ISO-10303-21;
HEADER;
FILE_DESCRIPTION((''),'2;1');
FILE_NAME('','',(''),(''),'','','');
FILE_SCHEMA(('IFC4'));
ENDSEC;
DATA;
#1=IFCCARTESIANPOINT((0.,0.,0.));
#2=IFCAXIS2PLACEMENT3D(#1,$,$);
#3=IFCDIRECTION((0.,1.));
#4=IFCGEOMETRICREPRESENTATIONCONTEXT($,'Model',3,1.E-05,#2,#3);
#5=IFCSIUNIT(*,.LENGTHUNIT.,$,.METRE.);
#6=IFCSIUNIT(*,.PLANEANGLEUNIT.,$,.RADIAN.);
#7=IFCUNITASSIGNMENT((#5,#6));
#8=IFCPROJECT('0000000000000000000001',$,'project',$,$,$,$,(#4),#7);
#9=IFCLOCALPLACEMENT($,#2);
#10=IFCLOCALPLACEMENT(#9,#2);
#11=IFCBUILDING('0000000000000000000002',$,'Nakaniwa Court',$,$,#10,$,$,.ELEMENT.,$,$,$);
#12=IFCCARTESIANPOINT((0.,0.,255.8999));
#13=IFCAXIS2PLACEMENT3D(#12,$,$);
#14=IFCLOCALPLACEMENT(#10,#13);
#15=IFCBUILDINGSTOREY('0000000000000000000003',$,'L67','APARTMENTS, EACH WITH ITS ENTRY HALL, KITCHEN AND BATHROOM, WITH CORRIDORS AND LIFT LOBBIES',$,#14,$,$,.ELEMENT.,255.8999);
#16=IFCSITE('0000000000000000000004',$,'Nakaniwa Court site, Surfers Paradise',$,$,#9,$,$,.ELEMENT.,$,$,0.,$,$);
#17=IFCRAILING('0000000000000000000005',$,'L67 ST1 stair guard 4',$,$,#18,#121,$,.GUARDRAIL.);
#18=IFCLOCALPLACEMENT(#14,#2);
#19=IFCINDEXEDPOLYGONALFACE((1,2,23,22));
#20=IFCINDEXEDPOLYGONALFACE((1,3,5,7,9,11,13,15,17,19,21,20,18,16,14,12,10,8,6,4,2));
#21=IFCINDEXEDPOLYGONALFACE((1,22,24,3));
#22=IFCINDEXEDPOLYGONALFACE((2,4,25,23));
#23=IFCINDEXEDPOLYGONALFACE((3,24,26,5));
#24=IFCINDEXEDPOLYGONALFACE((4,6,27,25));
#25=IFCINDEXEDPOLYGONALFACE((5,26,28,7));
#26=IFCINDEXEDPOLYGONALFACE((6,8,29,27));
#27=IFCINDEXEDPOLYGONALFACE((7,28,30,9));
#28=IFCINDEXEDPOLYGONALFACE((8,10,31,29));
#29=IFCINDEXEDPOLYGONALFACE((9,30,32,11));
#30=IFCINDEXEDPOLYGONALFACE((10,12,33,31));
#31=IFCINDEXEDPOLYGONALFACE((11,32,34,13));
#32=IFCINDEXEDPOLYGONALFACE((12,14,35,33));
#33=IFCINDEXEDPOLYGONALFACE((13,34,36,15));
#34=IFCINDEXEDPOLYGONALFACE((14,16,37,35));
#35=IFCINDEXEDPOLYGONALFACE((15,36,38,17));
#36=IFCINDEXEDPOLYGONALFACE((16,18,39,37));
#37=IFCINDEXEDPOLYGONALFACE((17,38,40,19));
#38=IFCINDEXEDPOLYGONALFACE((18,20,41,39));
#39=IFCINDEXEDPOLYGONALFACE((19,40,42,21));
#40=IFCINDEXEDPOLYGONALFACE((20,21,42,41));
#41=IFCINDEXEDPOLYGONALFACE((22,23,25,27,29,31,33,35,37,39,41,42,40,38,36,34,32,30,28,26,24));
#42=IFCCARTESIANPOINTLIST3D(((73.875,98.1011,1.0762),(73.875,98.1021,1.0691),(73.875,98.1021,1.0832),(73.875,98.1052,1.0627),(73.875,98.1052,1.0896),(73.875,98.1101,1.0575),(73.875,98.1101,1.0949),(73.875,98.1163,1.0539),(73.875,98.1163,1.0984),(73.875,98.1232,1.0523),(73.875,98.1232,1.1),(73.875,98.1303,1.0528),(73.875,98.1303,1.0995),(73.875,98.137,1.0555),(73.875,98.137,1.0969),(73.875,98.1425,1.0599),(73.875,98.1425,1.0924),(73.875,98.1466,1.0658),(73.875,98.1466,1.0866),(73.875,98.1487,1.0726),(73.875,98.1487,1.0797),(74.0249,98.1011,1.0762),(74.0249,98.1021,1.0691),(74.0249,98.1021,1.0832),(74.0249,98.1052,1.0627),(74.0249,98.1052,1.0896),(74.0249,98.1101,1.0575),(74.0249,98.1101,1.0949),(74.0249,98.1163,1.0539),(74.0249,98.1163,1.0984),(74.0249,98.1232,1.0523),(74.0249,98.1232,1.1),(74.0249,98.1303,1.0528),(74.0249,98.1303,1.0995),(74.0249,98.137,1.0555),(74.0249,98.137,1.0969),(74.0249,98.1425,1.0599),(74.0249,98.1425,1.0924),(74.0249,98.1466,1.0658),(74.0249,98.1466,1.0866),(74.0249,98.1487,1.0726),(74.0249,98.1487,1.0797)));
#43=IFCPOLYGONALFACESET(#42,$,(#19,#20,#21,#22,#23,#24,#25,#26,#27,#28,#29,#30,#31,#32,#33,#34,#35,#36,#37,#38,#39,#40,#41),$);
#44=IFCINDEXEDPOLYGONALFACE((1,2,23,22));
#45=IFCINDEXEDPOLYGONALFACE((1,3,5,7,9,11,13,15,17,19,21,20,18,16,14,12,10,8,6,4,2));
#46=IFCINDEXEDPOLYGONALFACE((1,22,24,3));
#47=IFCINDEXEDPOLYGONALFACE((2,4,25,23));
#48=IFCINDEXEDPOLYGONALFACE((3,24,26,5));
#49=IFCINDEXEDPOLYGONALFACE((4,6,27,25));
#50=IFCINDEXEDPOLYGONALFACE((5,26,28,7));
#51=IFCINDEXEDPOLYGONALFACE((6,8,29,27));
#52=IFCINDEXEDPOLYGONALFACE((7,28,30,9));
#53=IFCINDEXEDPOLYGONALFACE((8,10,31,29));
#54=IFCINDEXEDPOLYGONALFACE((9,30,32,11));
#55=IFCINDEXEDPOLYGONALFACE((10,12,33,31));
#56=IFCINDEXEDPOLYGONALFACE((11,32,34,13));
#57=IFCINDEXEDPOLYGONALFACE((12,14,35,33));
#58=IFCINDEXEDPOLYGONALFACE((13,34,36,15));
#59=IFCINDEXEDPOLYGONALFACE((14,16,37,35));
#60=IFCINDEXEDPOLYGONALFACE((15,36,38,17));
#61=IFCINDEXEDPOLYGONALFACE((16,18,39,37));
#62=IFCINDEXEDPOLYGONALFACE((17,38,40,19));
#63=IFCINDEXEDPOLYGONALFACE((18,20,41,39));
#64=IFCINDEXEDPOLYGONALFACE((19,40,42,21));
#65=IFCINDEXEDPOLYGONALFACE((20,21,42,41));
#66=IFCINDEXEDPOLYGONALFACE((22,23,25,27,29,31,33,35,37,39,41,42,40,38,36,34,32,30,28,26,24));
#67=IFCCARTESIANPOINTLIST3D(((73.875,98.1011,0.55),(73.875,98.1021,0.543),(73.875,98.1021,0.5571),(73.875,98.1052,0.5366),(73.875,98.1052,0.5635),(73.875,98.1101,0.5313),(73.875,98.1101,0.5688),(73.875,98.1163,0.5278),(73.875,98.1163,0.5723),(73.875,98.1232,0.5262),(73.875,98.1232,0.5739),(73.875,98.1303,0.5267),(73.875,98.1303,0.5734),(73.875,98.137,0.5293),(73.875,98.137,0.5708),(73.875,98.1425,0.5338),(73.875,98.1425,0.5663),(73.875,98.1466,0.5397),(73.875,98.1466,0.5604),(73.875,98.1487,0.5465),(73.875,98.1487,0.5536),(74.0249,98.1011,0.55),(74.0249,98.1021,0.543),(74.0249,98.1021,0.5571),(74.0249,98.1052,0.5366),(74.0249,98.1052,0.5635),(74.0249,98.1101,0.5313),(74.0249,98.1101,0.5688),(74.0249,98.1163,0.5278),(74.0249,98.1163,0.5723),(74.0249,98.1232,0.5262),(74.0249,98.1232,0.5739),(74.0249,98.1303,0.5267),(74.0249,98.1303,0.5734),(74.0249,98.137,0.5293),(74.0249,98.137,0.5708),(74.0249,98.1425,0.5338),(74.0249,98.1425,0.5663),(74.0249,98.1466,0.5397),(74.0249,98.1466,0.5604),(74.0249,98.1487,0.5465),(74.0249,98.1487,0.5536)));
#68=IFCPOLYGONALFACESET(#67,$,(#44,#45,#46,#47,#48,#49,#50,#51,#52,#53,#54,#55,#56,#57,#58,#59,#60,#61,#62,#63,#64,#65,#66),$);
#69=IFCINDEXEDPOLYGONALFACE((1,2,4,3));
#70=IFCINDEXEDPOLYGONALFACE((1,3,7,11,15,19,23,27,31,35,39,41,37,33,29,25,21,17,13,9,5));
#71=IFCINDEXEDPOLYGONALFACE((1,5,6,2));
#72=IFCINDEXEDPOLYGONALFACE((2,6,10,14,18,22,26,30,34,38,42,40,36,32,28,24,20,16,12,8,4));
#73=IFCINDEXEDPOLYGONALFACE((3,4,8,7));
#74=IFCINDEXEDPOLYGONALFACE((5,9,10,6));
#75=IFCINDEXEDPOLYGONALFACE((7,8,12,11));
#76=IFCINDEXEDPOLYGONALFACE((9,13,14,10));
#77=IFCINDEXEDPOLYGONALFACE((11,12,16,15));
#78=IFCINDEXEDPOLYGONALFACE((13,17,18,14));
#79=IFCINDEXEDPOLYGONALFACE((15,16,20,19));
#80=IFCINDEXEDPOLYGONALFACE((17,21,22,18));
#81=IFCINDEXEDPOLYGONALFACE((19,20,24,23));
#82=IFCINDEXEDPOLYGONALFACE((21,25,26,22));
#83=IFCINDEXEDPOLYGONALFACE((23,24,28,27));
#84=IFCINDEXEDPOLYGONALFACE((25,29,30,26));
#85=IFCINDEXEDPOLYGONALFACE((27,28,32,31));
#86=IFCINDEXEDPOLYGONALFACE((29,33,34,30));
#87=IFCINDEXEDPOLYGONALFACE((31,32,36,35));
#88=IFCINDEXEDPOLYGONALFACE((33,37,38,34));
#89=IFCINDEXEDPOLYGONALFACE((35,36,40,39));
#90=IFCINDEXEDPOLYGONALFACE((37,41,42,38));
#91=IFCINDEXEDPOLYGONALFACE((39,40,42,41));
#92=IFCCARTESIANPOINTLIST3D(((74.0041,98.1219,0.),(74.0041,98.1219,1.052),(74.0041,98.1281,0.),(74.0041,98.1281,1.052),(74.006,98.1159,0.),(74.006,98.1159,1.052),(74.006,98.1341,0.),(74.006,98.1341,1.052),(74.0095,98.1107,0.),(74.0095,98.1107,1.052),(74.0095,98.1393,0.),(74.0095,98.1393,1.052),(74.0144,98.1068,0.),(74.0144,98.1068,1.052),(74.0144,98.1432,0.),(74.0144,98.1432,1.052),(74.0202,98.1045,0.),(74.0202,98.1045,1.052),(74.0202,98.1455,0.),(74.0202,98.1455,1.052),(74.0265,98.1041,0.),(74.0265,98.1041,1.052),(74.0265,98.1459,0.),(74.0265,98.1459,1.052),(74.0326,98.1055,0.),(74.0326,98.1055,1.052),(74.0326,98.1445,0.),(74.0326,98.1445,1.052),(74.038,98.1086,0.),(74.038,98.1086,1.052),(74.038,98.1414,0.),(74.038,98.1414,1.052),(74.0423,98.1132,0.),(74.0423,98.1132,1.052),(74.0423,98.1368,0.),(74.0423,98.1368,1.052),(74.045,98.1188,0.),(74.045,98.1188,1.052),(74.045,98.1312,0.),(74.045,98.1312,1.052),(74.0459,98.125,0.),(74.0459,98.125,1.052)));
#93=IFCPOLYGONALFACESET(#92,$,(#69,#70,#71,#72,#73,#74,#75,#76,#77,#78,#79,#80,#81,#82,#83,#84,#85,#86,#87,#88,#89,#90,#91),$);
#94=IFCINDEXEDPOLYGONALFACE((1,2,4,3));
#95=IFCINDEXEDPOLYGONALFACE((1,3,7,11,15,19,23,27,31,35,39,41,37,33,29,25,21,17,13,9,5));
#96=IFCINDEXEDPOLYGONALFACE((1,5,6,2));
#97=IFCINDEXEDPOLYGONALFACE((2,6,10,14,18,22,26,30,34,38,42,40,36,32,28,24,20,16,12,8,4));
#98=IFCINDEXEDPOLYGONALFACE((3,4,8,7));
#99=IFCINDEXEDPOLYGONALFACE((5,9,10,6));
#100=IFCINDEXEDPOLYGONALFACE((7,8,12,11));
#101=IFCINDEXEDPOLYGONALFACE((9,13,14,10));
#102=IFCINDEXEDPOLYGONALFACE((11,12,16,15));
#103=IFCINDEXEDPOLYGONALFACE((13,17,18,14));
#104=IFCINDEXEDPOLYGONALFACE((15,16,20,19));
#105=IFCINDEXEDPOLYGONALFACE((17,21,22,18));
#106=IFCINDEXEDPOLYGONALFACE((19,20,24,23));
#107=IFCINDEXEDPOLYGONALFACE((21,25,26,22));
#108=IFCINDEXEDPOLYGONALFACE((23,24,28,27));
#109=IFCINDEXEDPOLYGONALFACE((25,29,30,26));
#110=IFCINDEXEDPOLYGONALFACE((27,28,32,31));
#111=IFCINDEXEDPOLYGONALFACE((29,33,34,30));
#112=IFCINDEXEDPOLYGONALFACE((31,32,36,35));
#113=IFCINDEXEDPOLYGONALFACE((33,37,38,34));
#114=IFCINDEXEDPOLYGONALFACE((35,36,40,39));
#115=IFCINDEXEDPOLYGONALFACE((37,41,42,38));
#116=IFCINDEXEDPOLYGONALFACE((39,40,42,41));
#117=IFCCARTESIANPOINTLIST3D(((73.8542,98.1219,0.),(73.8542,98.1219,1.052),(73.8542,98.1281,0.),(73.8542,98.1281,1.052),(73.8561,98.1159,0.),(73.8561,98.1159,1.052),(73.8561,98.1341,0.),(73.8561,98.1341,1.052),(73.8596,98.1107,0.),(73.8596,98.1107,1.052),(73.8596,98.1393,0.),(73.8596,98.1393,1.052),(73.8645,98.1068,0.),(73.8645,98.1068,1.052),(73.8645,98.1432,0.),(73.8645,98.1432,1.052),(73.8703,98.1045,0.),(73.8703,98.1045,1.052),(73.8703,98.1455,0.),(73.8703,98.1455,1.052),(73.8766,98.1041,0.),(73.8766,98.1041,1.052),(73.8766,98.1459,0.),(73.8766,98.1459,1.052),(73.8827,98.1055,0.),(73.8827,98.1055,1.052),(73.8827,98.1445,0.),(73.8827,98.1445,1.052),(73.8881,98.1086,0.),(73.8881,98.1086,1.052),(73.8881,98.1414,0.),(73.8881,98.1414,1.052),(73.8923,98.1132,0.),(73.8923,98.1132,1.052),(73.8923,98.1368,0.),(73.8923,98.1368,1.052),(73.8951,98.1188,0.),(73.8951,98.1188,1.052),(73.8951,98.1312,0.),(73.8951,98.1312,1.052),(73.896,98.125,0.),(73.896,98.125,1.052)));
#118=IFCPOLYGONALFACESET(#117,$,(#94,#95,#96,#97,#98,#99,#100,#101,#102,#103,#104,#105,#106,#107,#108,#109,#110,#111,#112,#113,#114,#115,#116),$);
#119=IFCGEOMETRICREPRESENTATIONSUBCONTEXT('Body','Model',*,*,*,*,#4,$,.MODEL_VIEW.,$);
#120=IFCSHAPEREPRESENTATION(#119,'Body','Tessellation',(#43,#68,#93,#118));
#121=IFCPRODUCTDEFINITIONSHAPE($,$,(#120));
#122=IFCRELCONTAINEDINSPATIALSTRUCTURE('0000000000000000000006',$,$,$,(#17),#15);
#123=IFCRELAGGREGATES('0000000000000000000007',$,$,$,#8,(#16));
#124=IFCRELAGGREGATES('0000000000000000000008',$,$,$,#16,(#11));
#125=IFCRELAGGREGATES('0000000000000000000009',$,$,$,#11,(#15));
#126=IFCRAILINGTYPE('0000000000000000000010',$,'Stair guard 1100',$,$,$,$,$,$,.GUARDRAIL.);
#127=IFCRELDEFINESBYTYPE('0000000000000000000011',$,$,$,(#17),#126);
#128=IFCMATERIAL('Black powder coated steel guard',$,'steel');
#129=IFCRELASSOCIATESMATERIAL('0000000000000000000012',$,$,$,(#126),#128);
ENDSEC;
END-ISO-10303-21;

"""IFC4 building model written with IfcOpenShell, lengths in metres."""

from ifc_helpers import new_model, si_unit, direction, frame, origin, origin_2d, place, context, subcontext, project, spatial, circle, extrude, material, type_object, element, save


model = new_model("IFC4")

# Units and contexts
model_context = context("Model", 3, precision=1e-05, world=origin(), true_north=direction((0.0, 1.0)))
body_context = subcontext(model_context, "Body", "Model", "MODEL_VIEW")
ifc_project = project(units=[si_unit("LENGTHUNIT", "METRE"), si_unit("PLANEANGLEUNIT", "RADIAN")], contexts=[model_context])

# Site, building, storey
site_placement = place(None, origin())
site = spatial("IfcSite", under=ifc_project, at=site_placement, Name="Nakaniwa Court site, Surfers Paradise", CompositionType="ELEMENT", RefElevation=0.0)
building_placement = place(site_placement, origin())
building = spatial("IfcBuilding", under=site, at=building_placement, Name="Nakaniwa Court", CompositionType="ELEMENT")
storey_placement = place(building_placement, frame((0.0, 0.0, 255.8999)))
storey = spatial("IfcBuildingStorey", under=building, at=storey_placement, Name="L67", Description="APARTMENTS, EACH WITH ITS ENTRY HALL, KITCHEN AND BATHROOM, WITH CORRIDORS AND LIFT LOBBIES", CompositionType="ELEMENT", Elevation=255.8999)

# Railing
ifc_material_1 = material(Name="Black powder coated steel guard", Category="steel")
railing_type_1 = type_object("IfcRailingType", Name="Stair guard 1100", PredefinedType="GUARDRAIL", material=ifc_material_1)
railing_1_placement = place(storey_placement, frame((74.0249, 98.125, 0.0)))
element("IfcRailing", 1, at=railing_1_placement, inside=storey, type_object=railing_type_1, Name="L67 ST1 stair guard 4", PredefinedType="GUARDRAIL", context=body_context, shape_type="SweptSolid", body=[
    extrude(circle(Radius=0.0239, at=origin_2d()), frame((0.0, 0.0, 1.0762), z_axis=(-1.0, 0.0, 0.0), x_axis=(0.0, -1.0, 0.0)), (0.0, 0.0, 1.0), 0.1499),
    extrude(circle(Radius=0.0239, at=origin_2d()), frame((0.0, 0.0, 0.55), z_axis=(-1.0, 0.0, 0.0), x_axis=(0.0, -1.0, 0.0)), (0.0, 0.0, 1.0), 0.1499),
    extrude(circle(Radius=0.021, at=origin_2d()), origin(), (0.0, 0.0, 1.0), 1.052),
    extrude(circle(Radius=0.021, at=origin_2d()), frame((-0.1499, 0.0, 0.0)), (0.0, 0.0, 1.0), 1.052),
])

save(model, "model.ifc")
